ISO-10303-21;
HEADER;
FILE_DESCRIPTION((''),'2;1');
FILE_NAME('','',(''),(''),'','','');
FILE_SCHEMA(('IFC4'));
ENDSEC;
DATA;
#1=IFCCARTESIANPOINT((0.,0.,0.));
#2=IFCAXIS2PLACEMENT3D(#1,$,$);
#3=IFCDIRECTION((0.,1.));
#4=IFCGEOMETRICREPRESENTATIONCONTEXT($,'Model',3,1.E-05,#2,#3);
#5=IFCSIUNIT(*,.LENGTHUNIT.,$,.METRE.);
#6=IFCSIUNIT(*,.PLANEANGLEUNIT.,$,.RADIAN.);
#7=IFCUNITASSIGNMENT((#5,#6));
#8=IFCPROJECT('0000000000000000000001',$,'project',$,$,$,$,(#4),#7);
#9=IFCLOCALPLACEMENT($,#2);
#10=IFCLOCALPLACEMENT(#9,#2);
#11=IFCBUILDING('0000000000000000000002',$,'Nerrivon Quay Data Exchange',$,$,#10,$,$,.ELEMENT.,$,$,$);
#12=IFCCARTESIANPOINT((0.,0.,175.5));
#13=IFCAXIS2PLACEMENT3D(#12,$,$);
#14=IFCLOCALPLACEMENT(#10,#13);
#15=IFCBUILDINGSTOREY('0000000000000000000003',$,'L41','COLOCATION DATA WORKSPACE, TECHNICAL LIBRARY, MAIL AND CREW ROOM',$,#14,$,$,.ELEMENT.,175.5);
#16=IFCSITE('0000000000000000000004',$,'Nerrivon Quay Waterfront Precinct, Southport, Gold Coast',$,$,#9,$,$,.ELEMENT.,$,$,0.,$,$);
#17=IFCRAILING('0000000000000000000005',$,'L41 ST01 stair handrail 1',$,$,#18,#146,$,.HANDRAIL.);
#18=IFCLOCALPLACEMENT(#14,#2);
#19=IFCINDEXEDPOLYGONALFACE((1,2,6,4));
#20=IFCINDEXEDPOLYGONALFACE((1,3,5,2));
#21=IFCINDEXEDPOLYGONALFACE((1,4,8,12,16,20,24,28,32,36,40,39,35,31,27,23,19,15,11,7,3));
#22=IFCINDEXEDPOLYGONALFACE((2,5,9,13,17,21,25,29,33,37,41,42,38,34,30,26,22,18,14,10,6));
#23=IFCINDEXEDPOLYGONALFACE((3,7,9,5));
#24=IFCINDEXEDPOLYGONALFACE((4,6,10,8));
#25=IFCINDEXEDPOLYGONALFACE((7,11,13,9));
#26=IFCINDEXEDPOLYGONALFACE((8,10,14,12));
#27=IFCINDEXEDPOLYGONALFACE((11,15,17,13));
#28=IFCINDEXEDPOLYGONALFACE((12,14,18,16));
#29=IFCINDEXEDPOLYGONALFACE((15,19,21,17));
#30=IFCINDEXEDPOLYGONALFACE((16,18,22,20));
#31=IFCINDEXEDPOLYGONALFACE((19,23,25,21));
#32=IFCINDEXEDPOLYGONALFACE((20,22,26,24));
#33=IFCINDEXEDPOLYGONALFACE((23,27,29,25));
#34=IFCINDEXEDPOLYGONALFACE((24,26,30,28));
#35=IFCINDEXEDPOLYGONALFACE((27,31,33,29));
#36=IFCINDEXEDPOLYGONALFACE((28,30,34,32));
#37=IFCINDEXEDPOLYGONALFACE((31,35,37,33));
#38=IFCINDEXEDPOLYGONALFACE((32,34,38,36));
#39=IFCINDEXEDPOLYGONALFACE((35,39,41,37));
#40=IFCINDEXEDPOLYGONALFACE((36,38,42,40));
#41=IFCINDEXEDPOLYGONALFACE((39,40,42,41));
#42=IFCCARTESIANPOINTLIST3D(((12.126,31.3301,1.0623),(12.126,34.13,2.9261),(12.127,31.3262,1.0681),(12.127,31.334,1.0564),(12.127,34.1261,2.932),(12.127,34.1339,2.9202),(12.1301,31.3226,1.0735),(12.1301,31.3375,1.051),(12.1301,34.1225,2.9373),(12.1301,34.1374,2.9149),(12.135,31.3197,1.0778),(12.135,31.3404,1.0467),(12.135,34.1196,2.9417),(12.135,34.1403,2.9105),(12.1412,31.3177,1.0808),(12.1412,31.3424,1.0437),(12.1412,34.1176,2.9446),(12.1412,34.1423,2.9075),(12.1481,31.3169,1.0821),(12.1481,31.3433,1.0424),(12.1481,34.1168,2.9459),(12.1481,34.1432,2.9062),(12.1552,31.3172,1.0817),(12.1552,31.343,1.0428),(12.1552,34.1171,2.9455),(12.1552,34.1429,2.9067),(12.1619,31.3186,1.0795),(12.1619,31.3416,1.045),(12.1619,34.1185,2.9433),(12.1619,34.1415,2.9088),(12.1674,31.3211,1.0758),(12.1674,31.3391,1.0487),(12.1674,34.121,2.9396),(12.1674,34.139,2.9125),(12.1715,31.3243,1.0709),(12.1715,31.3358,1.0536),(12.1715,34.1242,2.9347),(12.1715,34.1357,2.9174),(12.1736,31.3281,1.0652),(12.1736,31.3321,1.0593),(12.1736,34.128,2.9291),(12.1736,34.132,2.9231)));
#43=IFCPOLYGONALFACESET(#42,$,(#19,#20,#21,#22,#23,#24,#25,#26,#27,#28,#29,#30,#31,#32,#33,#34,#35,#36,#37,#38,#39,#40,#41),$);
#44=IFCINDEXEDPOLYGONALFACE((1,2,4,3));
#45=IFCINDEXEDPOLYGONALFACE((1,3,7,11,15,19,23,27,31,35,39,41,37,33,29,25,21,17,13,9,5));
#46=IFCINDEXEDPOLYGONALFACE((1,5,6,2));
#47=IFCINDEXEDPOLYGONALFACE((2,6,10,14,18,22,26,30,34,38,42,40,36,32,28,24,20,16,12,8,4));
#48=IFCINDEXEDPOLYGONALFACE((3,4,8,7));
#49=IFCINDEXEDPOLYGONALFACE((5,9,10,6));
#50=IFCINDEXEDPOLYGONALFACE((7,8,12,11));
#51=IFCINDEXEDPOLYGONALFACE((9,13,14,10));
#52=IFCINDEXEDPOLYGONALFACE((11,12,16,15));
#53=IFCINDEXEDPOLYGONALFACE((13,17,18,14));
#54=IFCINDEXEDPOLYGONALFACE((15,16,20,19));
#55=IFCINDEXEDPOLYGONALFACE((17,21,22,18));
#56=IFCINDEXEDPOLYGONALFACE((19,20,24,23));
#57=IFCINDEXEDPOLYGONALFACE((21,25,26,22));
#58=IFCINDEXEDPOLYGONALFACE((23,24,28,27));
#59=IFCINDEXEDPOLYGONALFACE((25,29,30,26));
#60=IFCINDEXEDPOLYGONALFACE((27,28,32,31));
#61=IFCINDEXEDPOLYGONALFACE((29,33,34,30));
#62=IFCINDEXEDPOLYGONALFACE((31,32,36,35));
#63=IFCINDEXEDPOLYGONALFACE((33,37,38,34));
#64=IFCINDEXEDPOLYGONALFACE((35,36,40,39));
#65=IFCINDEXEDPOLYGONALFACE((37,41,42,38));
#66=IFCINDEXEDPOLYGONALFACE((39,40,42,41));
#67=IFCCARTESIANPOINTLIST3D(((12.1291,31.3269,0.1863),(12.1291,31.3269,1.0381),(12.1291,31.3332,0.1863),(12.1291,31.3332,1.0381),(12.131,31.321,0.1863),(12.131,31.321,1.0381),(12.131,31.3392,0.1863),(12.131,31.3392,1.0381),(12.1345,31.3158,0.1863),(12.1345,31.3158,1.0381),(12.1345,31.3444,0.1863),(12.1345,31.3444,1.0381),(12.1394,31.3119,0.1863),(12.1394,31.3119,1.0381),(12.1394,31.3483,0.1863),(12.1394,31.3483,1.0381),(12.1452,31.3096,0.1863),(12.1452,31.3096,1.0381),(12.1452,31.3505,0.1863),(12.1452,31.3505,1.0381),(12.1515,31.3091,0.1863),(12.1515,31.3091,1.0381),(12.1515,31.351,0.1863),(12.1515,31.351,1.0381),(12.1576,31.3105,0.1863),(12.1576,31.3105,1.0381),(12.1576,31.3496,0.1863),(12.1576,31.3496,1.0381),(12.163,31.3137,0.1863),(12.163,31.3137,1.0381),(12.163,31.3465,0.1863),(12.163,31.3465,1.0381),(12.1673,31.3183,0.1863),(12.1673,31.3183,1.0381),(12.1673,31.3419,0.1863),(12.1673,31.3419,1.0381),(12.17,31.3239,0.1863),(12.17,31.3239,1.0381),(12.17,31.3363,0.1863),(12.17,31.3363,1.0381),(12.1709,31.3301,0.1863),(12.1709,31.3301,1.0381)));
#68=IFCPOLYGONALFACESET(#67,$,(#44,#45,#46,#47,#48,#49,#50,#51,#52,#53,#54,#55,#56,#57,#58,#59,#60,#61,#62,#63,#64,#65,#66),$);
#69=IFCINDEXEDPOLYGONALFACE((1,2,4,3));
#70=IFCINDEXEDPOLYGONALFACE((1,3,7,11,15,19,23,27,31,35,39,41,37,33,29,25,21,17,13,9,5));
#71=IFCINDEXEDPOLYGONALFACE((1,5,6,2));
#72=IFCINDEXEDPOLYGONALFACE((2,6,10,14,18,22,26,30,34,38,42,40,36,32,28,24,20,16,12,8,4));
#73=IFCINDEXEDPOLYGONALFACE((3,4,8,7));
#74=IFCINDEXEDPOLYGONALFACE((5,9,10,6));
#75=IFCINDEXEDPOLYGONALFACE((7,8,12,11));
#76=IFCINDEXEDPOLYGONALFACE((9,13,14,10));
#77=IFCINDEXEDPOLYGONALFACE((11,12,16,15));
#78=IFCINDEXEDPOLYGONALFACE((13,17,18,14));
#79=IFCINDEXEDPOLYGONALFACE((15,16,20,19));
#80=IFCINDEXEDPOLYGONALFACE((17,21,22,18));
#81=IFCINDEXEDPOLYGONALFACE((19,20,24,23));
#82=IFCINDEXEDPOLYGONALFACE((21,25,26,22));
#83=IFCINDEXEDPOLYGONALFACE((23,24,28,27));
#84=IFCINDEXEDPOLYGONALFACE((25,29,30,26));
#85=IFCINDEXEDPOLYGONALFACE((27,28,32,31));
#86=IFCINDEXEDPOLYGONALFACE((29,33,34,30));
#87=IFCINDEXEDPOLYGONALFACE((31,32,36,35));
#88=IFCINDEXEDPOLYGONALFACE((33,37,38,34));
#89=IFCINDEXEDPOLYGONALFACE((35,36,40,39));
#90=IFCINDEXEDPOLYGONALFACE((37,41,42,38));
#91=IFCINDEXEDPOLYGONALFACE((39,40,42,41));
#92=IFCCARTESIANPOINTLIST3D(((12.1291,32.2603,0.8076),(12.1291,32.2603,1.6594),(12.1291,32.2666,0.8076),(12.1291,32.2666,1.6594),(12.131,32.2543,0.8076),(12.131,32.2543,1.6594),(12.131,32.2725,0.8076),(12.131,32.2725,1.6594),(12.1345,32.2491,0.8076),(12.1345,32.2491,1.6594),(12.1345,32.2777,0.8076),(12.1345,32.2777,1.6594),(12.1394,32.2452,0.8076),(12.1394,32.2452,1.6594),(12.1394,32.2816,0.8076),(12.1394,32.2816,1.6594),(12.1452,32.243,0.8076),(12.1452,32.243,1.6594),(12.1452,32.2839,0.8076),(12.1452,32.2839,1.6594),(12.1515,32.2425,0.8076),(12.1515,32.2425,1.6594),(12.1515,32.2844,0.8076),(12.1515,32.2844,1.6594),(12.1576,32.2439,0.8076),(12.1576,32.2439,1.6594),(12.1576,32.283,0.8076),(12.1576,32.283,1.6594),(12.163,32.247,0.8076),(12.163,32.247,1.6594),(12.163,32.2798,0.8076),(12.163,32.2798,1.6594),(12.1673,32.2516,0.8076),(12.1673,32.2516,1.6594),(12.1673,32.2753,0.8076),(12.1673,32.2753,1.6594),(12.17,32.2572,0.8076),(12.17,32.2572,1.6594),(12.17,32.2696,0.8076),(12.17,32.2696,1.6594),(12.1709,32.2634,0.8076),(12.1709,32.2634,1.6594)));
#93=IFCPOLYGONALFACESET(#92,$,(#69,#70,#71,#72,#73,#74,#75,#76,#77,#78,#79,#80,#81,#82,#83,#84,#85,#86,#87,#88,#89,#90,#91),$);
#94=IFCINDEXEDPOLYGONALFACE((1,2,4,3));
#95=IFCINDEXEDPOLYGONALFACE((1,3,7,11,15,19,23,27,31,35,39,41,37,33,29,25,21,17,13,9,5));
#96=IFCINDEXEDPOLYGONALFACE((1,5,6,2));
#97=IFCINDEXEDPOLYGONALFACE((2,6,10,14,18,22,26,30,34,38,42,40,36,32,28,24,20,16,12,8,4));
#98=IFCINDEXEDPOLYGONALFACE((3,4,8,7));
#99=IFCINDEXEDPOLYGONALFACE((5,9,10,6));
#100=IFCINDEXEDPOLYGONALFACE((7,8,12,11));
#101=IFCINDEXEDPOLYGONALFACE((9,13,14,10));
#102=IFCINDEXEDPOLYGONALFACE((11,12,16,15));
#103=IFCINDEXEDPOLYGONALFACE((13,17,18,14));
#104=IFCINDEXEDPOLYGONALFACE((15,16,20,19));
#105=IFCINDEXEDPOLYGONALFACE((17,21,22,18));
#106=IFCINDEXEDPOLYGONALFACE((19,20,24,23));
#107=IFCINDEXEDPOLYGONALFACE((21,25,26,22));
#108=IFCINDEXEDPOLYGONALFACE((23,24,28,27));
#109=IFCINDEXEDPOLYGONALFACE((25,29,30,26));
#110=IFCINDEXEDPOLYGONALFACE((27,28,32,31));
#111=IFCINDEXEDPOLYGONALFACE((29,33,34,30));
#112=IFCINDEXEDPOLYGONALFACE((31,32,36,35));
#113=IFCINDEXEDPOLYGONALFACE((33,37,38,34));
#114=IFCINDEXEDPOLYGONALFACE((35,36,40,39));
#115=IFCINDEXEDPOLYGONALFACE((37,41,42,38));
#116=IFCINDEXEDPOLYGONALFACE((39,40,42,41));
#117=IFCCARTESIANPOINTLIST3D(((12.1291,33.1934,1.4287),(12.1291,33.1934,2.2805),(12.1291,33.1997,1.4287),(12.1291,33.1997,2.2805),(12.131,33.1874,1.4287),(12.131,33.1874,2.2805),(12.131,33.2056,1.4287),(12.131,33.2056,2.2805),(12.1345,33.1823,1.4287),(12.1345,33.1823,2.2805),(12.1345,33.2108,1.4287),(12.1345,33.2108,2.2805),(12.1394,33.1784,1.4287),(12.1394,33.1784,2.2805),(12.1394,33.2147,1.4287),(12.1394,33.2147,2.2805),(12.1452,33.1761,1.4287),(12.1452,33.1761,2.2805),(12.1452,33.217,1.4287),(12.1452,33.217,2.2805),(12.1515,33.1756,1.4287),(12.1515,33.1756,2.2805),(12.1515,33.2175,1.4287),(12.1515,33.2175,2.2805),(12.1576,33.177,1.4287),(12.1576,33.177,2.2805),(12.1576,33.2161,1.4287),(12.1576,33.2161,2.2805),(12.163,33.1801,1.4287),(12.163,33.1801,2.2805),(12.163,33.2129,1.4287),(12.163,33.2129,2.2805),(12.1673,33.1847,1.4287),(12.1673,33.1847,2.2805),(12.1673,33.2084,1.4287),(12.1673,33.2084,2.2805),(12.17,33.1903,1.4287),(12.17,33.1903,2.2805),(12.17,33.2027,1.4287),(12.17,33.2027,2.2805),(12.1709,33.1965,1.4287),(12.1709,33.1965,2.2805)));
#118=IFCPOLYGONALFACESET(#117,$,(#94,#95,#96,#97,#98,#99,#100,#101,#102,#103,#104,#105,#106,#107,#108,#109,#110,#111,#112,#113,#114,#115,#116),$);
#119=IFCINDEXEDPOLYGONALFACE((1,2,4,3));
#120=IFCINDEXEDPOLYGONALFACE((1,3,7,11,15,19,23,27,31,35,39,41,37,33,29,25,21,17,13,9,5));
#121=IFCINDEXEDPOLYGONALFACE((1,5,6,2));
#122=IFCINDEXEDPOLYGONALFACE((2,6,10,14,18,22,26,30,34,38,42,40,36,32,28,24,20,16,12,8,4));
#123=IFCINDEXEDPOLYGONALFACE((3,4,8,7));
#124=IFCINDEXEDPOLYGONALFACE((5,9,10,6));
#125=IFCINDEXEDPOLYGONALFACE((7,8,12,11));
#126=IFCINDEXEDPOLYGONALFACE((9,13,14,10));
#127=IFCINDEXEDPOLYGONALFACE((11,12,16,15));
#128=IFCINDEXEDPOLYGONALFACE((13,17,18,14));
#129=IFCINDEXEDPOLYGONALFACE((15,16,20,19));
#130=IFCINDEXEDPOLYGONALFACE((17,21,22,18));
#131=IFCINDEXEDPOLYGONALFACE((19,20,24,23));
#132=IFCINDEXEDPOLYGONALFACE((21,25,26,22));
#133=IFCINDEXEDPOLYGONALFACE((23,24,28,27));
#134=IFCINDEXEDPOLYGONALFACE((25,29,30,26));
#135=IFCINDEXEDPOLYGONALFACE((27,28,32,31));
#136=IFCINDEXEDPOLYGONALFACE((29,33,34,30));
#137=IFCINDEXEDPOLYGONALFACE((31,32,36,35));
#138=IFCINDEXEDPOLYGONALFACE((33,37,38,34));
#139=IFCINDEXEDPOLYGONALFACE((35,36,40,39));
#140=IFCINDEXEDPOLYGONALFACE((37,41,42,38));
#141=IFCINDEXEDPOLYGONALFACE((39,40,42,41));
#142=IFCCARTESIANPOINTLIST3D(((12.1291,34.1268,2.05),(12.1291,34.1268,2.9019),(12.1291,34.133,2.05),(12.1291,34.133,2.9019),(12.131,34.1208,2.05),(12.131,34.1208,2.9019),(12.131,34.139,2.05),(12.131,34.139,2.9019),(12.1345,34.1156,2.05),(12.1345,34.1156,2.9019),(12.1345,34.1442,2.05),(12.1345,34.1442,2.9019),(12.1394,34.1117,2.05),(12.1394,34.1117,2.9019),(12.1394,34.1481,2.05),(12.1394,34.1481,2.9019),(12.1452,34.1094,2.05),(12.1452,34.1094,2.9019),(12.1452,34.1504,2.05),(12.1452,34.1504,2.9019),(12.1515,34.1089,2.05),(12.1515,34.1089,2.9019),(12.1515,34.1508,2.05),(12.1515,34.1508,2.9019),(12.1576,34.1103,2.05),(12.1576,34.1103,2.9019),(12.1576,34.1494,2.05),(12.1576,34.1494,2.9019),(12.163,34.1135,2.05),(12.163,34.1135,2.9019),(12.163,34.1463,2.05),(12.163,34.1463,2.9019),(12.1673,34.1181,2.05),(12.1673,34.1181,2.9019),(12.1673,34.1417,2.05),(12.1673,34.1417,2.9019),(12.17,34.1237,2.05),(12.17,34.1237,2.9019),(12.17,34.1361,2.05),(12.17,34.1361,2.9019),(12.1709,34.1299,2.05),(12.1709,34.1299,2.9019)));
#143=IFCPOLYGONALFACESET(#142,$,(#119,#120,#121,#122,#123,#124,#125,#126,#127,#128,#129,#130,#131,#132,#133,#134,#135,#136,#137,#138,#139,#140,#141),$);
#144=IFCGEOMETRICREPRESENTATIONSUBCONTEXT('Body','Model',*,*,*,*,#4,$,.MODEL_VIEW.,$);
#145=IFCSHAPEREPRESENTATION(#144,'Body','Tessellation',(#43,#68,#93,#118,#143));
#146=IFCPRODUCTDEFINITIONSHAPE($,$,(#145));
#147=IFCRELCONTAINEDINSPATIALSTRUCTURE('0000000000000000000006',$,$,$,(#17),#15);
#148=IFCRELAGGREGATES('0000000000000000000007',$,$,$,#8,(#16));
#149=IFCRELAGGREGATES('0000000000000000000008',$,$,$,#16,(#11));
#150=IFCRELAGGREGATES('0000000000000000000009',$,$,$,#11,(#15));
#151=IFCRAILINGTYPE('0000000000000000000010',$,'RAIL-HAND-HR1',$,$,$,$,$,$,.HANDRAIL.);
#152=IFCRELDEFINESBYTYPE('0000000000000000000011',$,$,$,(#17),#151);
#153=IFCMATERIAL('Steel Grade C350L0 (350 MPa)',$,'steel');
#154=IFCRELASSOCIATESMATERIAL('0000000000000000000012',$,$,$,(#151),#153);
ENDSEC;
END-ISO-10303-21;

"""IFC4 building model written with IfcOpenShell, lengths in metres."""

from ifc_helpers import new_model, si_unit, direction, frame, origin, origin_2d, place, context, subcontext, project, spatial, circle, extrude, material, type_object, element, save


model = new_model("IFC4")

# Units and contexts
model_context = context("Model", 3, precision=1e-05, world=origin(), true_north=direction((0.0, 1.0)))
body_context = subcontext(model_context, "Body", "Model", "MODEL_VIEW")
ifc_project = project(units=[si_unit("LENGTHUNIT", "METRE"), si_unit("PLANEANGLEUNIT", "RADIAN")], contexts=[model_context])

# Site, building, storey
site_placement = place(None, origin())
site = spatial("IfcSite", under=ifc_project, at=site_placement, Name="Nerrivon Quay Waterfront Precinct, Southport, Gold Coast", CompositionType="ELEMENT", RefElevation=0.0)
building_placement = place(site_placement, origin())
building = spatial("IfcBuilding", under=site, at=building_placement, Name="Nerrivon Quay Data Exchange", CompositionType="ELEMENT")
storey_placement = place(building_placement, frame((0.0, 0.0, 175.5)))
storey = spatial("IfcBuildingStorey", under=building, at=storey_placement, Name="L41", Description="COLOCATION DATA WORKSPACE, TECHNICAL LIBRARY, MAIL AND CREW ROOM", CompositionType="ELEMENT", Elevation=175.5)

# Railing
ifc_material_1 = material(Name="Steel Grade C350L0 (350 MPa)", Category="steel")
railing_type_1 = type_object("IfcRailingType", Name="RAIL-HAND-HR1", PredefinedType="HANDRAIL", material=ifc_material_1)
railing_1_placement = place(storey_placement, frame((12.1499, 31.3301, 0.1863)))
element("IfcRailing", 1, at=railing_1_placement, inside=storey, type_object=railing_type_1, Name="L41 ST01 stair handrail 1", PredefinedType="HANDRAIL", context=body_context, shape_type="SweptSolid", body=[
    extrude(circle(Radius=0.0239, at=origin_2d()), frame((0.0, 0.0, 0.876), z_axis=(0.0, 0.83243, 0.554131), x_axis=(-1.0, 0.0, 0.0)), (0.0, 0.0, 1.0), 3.3635),
    extrude(circle(Radius=0.021, at=origin_2d()), origin(), (0.0, 0.0, 1.0), 0.8518),
    extrude(circle(Radius=0.021, at=origin_2d()), frame((0.0, 0.9333, 0.6213)), (0.0, 0.0, 1.0), 0.8518),
    extrude(circle(Radius=0.021, at=origin_2d()), frame((0.0, 1.8665, 1.2424)), (0.0, 0.0, 1.0), 0.8518),
    extrude(circle(Radius=0.021, at=origin_2d()), frame((0.0, 2.7998, 1.8638)), (0.0, 0.0, 1.0), 0.8518),
])

save(model, "model.ifc")
